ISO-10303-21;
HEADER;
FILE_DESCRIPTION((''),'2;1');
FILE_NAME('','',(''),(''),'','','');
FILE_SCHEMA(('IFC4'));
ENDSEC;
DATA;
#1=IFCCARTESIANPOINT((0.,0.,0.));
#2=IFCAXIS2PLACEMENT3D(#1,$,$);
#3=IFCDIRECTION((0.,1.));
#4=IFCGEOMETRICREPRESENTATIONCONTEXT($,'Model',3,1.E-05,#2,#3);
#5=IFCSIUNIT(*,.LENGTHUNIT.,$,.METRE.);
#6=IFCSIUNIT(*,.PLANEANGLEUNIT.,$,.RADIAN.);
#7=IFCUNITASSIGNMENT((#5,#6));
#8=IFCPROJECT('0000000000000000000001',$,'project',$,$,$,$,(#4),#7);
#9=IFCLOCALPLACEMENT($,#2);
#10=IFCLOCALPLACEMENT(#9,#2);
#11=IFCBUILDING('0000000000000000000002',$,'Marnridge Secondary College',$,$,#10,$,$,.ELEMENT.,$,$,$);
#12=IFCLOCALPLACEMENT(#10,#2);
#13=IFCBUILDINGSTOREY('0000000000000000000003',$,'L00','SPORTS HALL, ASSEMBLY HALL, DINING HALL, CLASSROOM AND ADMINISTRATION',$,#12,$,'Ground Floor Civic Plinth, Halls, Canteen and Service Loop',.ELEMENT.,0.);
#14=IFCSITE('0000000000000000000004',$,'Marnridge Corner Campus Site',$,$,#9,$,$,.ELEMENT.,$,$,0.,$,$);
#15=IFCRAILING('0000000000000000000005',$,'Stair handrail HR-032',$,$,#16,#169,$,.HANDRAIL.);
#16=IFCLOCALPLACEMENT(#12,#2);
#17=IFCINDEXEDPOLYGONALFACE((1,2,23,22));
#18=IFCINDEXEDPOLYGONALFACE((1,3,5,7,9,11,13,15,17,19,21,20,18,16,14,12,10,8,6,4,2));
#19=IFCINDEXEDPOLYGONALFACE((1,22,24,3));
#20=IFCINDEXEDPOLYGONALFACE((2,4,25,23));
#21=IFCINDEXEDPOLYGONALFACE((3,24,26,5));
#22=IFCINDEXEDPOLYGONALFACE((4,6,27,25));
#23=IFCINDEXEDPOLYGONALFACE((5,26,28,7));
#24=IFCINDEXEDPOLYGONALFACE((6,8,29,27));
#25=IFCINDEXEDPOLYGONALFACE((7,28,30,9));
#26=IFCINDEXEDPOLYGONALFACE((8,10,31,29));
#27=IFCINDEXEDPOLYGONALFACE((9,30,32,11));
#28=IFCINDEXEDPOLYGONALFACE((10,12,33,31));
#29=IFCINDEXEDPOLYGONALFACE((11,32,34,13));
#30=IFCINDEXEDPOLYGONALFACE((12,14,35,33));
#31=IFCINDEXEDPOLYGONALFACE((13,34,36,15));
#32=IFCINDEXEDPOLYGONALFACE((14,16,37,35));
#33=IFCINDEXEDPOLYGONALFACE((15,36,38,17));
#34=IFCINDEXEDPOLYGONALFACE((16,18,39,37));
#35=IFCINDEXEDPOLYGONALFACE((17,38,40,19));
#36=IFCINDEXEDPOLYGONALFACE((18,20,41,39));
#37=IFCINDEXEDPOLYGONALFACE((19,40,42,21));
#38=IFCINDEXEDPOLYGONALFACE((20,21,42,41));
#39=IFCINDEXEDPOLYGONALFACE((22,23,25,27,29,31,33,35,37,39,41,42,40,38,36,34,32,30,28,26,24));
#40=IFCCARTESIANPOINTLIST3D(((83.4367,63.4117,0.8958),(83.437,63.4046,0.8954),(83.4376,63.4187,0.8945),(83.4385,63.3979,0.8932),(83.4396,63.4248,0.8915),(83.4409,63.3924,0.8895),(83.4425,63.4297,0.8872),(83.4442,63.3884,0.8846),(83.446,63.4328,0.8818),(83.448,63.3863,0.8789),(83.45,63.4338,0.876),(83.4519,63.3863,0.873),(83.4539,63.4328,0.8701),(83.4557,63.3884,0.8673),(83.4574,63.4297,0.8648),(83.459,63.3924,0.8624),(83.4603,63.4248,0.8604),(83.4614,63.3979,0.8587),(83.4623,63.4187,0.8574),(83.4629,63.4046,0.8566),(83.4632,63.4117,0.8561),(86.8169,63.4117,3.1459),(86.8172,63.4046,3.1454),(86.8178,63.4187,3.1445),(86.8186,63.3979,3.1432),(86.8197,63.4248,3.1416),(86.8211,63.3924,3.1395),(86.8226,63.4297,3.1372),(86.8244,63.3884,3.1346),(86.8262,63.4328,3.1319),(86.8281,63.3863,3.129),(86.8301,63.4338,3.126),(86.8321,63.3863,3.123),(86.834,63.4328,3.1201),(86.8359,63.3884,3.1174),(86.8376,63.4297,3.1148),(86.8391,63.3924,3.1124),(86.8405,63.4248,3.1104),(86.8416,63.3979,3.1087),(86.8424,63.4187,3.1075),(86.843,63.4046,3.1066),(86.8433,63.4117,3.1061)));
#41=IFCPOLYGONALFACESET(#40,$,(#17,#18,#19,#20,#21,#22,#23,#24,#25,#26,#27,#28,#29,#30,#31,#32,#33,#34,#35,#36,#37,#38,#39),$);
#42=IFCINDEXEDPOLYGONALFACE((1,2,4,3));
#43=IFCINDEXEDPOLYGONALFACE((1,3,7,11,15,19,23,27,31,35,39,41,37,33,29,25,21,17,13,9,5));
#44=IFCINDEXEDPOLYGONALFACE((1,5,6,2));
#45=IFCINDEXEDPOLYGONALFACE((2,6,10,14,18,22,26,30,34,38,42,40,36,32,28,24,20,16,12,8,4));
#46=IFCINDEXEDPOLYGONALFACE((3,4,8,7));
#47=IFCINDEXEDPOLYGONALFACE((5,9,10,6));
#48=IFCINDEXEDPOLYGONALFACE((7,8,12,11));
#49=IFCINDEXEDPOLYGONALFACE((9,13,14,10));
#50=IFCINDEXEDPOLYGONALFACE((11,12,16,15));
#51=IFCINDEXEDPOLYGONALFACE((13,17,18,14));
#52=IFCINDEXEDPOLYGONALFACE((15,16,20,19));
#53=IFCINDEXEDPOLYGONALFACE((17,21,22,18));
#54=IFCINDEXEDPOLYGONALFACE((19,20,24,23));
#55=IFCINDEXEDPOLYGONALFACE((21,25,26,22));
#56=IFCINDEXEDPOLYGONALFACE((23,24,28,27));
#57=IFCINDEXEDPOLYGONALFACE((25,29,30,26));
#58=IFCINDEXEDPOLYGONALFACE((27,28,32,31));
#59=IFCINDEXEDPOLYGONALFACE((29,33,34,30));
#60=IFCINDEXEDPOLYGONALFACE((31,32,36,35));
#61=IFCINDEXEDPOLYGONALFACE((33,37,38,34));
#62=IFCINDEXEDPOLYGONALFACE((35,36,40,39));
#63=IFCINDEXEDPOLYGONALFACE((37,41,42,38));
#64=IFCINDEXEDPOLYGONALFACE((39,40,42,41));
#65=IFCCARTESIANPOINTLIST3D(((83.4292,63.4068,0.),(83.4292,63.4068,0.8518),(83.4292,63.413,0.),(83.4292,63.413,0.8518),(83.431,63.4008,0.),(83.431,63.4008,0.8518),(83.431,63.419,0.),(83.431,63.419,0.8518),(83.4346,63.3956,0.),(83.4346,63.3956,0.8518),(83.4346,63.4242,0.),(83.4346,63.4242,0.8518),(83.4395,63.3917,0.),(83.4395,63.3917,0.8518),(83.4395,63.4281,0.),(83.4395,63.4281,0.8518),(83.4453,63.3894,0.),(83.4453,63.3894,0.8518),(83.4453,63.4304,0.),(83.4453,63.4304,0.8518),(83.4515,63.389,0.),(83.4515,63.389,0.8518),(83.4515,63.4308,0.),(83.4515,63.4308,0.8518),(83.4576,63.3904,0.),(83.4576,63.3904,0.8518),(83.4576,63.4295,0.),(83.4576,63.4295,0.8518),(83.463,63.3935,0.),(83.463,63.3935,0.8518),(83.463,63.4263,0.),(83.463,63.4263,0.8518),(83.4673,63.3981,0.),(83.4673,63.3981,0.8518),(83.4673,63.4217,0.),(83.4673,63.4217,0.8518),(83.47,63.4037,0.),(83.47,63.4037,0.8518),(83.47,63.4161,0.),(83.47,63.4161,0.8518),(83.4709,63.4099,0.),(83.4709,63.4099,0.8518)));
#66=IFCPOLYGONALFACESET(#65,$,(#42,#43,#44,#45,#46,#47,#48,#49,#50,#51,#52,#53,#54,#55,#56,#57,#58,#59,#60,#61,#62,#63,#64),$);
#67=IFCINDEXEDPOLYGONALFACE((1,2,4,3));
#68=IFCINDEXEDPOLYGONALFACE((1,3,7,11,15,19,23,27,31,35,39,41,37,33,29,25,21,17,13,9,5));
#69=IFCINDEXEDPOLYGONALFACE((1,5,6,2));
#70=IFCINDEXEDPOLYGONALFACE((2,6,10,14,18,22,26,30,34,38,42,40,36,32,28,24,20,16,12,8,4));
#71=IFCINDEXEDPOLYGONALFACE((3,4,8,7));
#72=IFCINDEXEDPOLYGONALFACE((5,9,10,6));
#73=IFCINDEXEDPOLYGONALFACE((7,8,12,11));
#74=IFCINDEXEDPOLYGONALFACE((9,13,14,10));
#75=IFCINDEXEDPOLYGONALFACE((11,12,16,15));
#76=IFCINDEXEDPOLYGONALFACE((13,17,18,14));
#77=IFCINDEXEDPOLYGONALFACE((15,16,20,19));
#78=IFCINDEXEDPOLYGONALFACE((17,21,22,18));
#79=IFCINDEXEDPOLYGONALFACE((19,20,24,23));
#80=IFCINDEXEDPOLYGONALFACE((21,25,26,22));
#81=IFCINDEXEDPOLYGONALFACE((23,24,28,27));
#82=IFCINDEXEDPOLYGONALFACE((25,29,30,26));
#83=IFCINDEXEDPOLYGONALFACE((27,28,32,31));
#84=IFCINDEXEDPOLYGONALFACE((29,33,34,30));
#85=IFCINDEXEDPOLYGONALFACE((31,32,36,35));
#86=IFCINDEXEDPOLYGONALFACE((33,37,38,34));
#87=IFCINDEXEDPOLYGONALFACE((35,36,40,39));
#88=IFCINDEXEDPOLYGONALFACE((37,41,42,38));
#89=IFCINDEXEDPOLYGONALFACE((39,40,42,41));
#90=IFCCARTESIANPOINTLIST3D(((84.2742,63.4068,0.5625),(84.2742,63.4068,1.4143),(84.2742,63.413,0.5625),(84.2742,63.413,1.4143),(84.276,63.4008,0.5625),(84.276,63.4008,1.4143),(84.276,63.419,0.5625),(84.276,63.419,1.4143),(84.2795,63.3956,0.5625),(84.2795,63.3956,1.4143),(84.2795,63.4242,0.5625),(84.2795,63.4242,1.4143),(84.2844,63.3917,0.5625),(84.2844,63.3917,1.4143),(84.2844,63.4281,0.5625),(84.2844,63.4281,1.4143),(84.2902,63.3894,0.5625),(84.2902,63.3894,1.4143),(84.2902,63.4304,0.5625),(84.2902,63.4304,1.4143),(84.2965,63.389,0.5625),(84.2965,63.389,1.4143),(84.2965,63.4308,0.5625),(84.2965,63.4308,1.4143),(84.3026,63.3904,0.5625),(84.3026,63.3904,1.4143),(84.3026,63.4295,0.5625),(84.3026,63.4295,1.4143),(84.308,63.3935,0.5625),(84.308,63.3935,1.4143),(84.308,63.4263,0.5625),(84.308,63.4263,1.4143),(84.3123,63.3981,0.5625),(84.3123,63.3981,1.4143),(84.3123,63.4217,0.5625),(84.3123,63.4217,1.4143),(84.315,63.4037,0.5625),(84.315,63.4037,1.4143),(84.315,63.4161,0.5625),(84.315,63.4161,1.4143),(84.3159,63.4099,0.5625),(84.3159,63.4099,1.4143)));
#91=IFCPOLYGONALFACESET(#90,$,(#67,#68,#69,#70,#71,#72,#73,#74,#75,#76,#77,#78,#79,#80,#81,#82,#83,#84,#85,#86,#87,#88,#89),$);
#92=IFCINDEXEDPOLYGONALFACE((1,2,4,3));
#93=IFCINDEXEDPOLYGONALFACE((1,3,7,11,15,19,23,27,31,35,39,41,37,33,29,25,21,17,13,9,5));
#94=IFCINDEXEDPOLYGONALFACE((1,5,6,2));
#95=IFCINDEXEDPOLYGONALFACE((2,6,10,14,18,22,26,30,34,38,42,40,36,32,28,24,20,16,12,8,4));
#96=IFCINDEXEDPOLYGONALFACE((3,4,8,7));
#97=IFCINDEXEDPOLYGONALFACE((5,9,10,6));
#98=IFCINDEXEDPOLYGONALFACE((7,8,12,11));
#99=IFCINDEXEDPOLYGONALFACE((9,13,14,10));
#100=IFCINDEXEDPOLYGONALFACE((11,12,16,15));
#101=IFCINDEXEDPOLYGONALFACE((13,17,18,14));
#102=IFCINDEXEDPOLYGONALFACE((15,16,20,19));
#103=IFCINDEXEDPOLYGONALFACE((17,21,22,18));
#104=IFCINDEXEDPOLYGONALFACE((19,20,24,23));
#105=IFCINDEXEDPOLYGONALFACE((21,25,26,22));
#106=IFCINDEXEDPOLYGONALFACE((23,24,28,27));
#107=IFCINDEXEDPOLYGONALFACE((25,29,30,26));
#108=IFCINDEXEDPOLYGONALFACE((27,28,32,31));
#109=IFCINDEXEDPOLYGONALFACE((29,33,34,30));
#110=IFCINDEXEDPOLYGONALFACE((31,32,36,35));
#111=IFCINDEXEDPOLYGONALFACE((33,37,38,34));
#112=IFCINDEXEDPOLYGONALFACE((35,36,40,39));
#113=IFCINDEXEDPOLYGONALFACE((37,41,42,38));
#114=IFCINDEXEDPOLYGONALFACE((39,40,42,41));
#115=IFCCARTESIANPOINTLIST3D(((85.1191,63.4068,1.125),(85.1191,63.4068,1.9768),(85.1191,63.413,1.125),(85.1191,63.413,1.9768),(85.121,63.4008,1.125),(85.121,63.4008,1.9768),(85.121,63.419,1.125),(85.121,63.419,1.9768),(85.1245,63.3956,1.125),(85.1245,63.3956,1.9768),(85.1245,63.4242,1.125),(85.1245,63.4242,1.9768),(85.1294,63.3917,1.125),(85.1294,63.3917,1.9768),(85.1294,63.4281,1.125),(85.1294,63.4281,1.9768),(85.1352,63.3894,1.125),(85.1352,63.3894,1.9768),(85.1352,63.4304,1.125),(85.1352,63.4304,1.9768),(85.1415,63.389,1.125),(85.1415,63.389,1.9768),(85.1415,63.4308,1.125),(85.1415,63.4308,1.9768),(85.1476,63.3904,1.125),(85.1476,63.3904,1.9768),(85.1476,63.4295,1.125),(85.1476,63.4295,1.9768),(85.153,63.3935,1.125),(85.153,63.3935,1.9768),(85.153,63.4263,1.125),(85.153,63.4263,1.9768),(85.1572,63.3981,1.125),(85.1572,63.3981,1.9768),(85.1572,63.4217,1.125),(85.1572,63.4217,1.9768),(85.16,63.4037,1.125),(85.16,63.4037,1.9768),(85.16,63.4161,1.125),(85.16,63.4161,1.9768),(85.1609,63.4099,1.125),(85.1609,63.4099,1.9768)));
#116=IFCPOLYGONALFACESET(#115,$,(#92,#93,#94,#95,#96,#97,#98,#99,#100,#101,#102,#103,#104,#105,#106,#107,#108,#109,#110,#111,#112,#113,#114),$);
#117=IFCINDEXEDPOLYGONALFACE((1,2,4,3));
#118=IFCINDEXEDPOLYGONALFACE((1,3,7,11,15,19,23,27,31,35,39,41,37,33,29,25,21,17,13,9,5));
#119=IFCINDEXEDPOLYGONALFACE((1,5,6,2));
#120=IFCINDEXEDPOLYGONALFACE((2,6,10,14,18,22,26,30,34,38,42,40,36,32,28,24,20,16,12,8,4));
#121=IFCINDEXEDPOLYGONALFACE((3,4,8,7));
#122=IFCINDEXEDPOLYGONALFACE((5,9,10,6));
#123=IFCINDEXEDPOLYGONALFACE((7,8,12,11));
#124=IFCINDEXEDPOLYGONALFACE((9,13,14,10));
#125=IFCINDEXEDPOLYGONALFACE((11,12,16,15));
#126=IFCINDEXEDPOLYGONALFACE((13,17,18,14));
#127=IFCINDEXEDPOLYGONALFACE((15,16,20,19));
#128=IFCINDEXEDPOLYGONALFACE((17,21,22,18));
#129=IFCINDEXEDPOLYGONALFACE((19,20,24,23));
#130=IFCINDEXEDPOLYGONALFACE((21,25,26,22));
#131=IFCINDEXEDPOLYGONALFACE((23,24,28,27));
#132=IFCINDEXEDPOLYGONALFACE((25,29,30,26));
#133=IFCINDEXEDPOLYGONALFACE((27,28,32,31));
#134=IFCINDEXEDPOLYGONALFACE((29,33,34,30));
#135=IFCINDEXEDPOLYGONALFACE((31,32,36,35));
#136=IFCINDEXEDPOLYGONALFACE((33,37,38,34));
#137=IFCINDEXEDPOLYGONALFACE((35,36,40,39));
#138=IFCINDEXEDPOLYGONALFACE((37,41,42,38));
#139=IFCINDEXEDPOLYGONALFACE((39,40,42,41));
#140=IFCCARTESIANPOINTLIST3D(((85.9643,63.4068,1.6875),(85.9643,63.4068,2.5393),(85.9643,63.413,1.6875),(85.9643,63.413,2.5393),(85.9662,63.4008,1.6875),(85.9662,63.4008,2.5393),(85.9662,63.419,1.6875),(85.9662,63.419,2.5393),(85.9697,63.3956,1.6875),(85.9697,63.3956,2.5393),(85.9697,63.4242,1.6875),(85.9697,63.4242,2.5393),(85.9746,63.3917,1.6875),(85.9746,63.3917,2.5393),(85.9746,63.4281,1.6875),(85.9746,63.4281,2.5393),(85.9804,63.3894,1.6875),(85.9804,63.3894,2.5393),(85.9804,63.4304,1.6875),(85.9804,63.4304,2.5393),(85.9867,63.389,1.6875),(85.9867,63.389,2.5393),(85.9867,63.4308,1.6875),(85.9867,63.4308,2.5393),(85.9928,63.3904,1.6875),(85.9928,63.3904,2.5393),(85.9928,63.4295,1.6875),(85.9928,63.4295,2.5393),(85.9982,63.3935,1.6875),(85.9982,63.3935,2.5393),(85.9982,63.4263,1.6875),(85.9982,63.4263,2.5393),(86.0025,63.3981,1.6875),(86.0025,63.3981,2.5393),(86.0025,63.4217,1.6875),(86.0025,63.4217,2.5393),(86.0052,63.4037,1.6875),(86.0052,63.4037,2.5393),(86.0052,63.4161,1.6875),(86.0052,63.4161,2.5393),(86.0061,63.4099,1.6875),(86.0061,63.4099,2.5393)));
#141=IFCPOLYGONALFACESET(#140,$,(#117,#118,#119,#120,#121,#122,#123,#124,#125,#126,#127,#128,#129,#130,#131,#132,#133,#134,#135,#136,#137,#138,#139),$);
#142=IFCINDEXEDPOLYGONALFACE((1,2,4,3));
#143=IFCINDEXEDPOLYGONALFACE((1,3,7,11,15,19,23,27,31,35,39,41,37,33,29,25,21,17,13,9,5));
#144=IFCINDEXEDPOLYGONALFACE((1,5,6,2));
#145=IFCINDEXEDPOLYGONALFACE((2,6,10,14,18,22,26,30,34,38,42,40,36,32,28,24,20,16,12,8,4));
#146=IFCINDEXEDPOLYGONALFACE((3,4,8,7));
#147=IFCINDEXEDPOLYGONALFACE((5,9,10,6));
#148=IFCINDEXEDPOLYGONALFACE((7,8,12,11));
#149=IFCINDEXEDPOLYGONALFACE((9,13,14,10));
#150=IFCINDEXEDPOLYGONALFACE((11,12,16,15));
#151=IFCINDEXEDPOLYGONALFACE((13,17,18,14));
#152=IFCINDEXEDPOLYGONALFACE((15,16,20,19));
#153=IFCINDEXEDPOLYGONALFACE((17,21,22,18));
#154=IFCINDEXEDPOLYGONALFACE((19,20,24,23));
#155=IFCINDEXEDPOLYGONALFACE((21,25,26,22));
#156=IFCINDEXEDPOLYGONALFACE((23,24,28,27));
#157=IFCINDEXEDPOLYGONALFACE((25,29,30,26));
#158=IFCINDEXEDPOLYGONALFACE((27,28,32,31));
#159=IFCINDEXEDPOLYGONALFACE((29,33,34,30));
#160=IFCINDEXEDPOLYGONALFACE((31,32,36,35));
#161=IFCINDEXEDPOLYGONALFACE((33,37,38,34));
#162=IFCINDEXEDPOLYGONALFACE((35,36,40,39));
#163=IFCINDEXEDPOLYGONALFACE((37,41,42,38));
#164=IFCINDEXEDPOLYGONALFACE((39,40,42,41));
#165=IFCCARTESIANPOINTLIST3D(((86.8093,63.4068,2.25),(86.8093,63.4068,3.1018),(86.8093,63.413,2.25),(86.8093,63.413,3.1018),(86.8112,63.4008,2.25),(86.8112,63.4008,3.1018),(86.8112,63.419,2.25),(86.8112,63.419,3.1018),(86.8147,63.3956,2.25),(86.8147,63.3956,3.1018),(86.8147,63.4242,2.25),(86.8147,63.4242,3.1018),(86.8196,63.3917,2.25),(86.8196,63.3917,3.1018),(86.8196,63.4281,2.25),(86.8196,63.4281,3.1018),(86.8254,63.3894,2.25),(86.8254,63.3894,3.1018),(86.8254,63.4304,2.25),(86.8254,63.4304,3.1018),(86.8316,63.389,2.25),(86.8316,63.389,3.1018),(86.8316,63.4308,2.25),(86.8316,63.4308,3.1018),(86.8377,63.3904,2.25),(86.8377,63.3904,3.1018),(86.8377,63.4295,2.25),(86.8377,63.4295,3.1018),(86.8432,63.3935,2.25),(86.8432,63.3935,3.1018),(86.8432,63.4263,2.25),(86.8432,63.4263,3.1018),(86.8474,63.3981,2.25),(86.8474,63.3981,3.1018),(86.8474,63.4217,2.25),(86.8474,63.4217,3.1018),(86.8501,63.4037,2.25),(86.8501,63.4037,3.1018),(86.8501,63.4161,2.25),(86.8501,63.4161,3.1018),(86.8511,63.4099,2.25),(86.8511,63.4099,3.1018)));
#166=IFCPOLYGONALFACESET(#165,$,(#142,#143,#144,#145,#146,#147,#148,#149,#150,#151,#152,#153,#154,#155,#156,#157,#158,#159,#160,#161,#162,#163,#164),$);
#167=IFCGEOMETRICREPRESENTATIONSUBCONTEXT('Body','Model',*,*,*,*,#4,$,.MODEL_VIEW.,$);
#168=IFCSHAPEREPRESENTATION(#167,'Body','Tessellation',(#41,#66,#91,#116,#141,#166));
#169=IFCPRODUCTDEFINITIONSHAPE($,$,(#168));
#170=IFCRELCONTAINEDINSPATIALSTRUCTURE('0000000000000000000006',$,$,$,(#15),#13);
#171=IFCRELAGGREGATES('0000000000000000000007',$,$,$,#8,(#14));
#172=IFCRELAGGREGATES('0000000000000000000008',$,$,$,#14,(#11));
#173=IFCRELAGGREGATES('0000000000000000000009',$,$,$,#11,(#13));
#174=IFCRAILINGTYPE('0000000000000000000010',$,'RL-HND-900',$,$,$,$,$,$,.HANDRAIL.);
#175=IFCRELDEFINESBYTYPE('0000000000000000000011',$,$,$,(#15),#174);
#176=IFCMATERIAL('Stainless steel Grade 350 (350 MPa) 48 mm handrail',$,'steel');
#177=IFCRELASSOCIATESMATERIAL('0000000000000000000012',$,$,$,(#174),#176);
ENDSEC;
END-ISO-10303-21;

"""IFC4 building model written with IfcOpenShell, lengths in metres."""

from ifc_helpers import new_model, si_unit, direction, frame, origin, origin_2d, place, context, subcontext, project, spatial, circle, extrude, material, type_object, element, save


model = new_model("IFC4")

# Units and contexts
model_context = context("Model", 3, precision=1e-05, world=origin(), true_north=direction((0.0, 1.0)))
body_context = subcontext(model_context, "Body", "Model", "MODEL_VIEW")
ifc_project = project(units=[si_unit("LENGTHUNIT", "METRE"), si_unit("PLANEANGLEUNIT", "RADIAN")], contexts=[model_context])

# Site, building, storey
site_placement = place(None, origin())
site = spatial("IfcSite", under=ifc_project, at=site_placement, Name="Marnridge Corner Campus Site", CompositionType="ELEMENT", RefElevation=0.0)
building_placement = place(site_placement, origin())
building = spatial("IfcBuilding", under=site, at=building_placement, Name="Marnridge Secondary College", CompositionType="ELEMENT")
storey_placement = place(building_placement, origin())
storey = spatial("IfcBuildingStorey", under=building, at=storey_placement, Name="L00", Description="SPORTS HALL, ASSEMBLY HALL, DINING HALL, CLASSROOM AND ADMINISTRATION", LongName="Ground Floor Civic Plinth, Halls, Canteen and Service Loop", CompositionType="ELEMENT", Elevation=0.0)

# Railing
ifc_material_1 = material(Name="Stainless steel Grade 350 (350 MPa) 48 mm handrail", Category="steel")
railing_type_1 = type_object("IfcRailingType", Name="RL-HND-900", PredefinedType="HANDRAIL", material=ifc_material_1)
for number, where, name in (
    (1, (83.45, 63.4099, 0.0), "Stair handrail HR-032"),
):
    element("IfcRailing", number, at=place(storey_placement, frame(where)), inside=storey, type_object=railing_type_1, Name=name, PredefinedType="HANDRAIL", context=body_context, shape_type="SweptSolid", body=[
        extrude(circle(Radius=0.0239, at=origin_2d()), frame((0.0, 0.0, 0.876), z_axis=(0.832439, 0.0, 0.554117), x_axis=(0.0, 1.0, 0.0)), (0.0, 0.0, 1.0), 4.0605),
        extrude(circle(Radius=0.021, at=origin_2d()), origin(), (0.0, 0.0, 1.0), 0.8518),
        extrude(circle(Radius=0.021, at=origin_2d()), frame((0.845, 0.0, 0.5625)), (0.0, 0.0, 1.0), 0.8518),
        extrude(circle(Radius=0.021, at=origin_2d()), frame((1.6899, 0.0, 1.125)), (0.0, 0.0, 1.0), 0.8518),
        extrude(circle(Radius=0.021, at=origin_2d()), frame((2.5352, 0.0, 1.6875)), (0.0, 0.0, 1.0), 0.8518),
        extrude(circle(Radius=0.021, at=origin_2d()), frame((3.3801, 0.0, 2.25)), (0.0, 0.0, 1.0), 0.8518),
    ])

save(model, "model.ifc")
